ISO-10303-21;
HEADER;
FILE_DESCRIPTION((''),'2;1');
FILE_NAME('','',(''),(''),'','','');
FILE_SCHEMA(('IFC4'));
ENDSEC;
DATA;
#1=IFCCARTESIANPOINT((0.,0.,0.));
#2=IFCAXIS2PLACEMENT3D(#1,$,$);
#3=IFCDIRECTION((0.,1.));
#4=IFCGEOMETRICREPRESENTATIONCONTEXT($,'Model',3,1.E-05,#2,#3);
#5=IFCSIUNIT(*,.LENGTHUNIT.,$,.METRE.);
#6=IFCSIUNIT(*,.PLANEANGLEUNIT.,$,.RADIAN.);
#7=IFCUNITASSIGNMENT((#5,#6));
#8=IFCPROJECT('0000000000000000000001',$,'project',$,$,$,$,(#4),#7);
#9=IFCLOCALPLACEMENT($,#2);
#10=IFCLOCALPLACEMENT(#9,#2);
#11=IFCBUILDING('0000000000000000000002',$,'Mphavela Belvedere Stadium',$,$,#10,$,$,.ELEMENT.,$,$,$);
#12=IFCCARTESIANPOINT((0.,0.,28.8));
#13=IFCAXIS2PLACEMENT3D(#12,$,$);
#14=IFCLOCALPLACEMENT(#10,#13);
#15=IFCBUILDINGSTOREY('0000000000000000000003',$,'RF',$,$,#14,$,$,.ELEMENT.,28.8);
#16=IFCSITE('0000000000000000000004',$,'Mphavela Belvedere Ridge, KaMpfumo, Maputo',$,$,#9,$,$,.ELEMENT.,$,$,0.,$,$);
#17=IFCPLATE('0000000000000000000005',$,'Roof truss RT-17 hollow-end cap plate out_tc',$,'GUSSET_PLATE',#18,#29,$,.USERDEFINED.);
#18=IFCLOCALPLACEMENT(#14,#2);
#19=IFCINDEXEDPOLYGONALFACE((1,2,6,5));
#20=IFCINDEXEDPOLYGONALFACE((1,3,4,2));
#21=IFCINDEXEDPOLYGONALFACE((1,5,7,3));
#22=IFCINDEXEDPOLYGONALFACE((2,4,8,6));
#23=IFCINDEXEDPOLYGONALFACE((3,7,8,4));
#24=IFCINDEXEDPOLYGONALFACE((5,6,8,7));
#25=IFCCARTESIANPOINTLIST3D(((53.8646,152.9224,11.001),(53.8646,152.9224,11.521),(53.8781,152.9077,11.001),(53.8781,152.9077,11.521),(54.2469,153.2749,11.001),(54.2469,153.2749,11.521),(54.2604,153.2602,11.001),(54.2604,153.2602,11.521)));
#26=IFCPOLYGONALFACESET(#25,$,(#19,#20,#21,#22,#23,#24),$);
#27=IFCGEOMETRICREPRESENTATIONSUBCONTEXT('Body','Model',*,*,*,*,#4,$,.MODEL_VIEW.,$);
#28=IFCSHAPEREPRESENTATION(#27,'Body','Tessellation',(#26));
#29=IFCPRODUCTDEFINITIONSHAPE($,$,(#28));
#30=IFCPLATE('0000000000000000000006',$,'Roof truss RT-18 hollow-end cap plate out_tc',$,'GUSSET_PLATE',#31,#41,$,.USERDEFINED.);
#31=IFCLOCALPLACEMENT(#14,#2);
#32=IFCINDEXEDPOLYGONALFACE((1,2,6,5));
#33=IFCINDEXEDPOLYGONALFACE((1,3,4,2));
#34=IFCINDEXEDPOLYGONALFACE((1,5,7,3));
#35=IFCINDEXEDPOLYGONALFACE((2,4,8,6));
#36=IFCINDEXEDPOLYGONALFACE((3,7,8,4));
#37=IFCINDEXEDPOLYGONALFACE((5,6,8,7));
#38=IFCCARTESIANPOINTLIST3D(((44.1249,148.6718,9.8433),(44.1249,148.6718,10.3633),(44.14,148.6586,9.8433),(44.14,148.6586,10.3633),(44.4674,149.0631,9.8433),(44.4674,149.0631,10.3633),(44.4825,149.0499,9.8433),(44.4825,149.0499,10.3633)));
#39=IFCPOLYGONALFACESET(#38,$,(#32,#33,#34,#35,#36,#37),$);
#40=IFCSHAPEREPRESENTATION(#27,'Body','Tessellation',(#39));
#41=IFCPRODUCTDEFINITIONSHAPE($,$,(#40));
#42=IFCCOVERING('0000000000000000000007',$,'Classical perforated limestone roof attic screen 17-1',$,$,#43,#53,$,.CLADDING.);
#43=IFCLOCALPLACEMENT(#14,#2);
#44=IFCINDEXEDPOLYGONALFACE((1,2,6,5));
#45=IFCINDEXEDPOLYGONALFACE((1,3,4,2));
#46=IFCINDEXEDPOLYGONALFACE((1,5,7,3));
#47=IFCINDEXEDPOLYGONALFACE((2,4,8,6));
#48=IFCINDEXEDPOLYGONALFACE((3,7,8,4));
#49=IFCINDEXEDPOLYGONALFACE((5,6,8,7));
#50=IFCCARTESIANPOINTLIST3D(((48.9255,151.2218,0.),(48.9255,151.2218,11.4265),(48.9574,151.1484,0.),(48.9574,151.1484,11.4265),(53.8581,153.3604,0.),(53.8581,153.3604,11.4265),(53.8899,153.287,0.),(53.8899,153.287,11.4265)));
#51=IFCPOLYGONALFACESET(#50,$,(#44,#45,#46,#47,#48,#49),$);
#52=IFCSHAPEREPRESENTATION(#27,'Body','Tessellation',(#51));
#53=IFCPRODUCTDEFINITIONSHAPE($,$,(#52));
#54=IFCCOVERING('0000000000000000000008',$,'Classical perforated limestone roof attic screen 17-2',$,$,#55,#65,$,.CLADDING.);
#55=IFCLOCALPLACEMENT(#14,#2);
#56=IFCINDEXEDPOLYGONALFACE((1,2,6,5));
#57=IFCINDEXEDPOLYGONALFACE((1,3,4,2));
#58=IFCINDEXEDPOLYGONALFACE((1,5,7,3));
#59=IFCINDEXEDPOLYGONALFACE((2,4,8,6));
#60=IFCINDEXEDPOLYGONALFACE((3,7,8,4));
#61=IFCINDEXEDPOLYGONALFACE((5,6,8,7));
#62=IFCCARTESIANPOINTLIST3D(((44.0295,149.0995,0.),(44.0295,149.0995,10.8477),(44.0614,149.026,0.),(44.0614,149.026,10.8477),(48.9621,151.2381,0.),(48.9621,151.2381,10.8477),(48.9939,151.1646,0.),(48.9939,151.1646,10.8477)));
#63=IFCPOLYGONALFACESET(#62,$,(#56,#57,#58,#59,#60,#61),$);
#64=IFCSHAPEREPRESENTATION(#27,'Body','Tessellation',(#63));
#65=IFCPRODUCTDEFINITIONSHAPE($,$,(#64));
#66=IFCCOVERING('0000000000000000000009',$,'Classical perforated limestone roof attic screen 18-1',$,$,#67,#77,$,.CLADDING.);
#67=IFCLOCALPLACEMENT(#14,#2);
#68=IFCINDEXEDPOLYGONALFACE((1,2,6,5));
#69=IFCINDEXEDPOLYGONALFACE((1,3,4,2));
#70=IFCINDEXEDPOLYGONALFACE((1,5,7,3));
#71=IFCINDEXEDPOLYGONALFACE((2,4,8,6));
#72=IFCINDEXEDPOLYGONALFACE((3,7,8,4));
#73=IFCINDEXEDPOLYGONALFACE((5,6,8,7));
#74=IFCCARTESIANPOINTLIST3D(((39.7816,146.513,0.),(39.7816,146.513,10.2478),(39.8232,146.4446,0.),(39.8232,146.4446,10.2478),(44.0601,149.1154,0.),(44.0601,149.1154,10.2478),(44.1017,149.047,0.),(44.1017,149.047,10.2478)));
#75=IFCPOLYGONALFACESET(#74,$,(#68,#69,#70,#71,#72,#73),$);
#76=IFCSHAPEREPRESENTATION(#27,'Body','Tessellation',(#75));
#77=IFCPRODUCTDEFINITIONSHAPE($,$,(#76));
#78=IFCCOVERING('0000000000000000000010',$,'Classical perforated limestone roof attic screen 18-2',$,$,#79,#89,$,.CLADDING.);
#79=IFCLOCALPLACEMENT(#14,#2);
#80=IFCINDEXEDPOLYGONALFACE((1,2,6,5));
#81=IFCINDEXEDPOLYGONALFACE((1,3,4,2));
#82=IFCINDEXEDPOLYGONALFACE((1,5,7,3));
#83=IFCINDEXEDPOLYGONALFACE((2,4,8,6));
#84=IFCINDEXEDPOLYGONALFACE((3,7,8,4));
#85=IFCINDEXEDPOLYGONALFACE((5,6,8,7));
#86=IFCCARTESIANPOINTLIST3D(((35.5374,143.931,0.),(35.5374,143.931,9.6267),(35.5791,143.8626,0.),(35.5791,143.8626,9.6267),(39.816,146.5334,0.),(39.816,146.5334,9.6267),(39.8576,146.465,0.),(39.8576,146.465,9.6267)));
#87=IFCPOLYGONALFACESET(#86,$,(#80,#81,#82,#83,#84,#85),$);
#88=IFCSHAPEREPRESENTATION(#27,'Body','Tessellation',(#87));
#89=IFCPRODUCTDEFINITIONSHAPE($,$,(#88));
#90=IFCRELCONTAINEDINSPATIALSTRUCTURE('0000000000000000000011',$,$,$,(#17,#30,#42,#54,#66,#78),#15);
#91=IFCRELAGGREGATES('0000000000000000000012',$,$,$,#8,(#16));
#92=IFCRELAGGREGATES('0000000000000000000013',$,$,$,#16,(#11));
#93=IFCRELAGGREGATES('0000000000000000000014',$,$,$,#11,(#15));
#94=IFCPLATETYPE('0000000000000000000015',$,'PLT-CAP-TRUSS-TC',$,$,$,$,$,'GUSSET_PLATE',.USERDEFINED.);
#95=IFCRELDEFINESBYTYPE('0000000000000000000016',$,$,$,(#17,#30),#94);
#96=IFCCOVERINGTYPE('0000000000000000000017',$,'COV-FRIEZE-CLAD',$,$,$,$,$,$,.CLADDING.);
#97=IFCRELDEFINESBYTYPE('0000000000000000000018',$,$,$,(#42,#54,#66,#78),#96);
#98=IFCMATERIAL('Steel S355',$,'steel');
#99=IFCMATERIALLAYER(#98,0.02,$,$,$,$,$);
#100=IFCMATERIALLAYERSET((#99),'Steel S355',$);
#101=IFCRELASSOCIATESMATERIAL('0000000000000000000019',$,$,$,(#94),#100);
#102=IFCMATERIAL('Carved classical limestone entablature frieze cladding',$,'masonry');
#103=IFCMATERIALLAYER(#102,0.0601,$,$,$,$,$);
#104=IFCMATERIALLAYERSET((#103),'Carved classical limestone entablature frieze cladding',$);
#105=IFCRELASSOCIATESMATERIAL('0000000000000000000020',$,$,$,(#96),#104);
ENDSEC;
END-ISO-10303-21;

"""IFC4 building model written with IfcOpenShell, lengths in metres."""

from ifc_helpers import new_model, si_unit, direction, frame, origin, origin_2d, place, context, subcontext, project, spatial, rectangle, extrude, material, layer, layer_set, type_object, element, save


model = new_model("IFC4")

# Units and contexts
model_context = context("Model", 3, precision=1e-05, world=origin(), true_north=direction((0.0, 1.0)))
body_context = subcontext(model_context, "Body", "Model", "MODEL_VIEW")
ifc_project = project(units=[si_unit("LENGTHUNIT", "METRE"), si_unit("PLANEANGLEUNIT", "RADIAN")], contexts=[model_context])

# Site, building, storey
site_placement = place(None, origin())
site = spatial("IfcSite", under=ifc_project, at=site_placement, Name="Mphavela Belvedere Ridge, KaMpfumo, Maputo", CompositionType="ELEMENT", RefElevation=0.0)
building_placement = place(site_placement, origin())
building = spatial("IfcBuilding", under=site, at=building_placement, Name="Mphavela Belvedere Stadium", CompositionType="ELEMENT")
storey_placement = place(building_placement, frame((0.0, 0.0, 28.8)))
storey = spatial("IfcBuildingStorey", under=building, at=storey_placement, Name="RF", CompositionType="ELEMENT", Elevation=28.8)

# Plates
ifc_material_1 = material(Name="Steel S355", Category="steel")
ifc_layer_1 = layer(ifc_material_1, 0.02)
ifc_layer_set_1 = layer_set([ifc_layer_1], Name="Steel S355")
plate_type_1 = type_object("IfcPlateType", Name="PLT-CAP-TRUSS-TC", ElementType="GUSSET_PLATE", PredefinedType="USERDEFINED", material=ifc_layer_set_1)
for number, where, z_axis, x_axis, name in (
    (1, (54.0625, 153.0913, 11.001), (0.0, 0.0, 1.0), (-0.677903, 0.735151, 0.0), "Roof truss RT-17 hollow-end cap plate out_tc"),
    (2, (44.3037, 148.8608, 9.8433), (0.0, 0.0, 1.0), (-0.75253, 0.658558, 0.0), "Roof truss RT-18 hollow-end cap plate out_tc"),
):
    element("IfcPlate", number, at=place(storey_placement, frame(where, z_axis=z_axis, x_axis=x_axis)), inside=storey, type_object=plate_type_1, Name=name, ObjectType="GUSSET_PLATE", PredefinedType="USERDEFINED", context=body_context, shape_type="SweptSolid", body=[
        extrude(rectangle(XDim=0.02, YDim=0.52, at=origin_2d()), origin(), (0.0, 0.0, 1.0), 0.52),
    ])

# Coverings
ifc_material_2 = material(Name="Carved classical limestone entablature frieze cladding", Category="masonry")
ifc_layer_2 = layer(ifc_material_2, 0.0601)
ifc_layer_set_2 = layer_set([ifc_layer_2], Name="Carved classical limestone entablature frieze cladding")
covering_type = type_object("IfcCoveringType", Name="COV-FRIEZE-CLAD", PredefinedType="CLADDING", material=ifc_layer_set_2)
covering_1_placement = place(storey_placement, frame((51.4077, 152.2544, 0.0), z_axis=(0.0, 0.0, 1.0), x_axis=(-0.917477, -0.397789, 0.0)))
element("IfcCovering", 3, at=covering_1_placement, inside=storey, type_object=covering_type, Name="Classical perforated limestone roof attic screen 17-1", PredefinedType="CLADDING", context=body_context, shape_type="SweptSolid", body=[
    extrude(rectangle(XDim=5.3762, YDim=0.0801, at=origin_2d()), origin(), (0.0, 0.0, 1.0), 11.4265),
])
covering_2_placement = place(storey_placement, frame((46.5117, 150.1321, 0.0), z_axis=(0.0, 0.0, 1.0), x_axis=(-0.917477, -0.397789, 0.0)))
element("IfcCovering", 4, at=covering_2_placement, inside=storey, type_object=covering_type, Name="Classical perforated limestone roof attic screen 17-2", PredefinedType="CLADDING", context=body_context, shape_type="SweptSolid", body=[
    extrude(rectangle(XDim=5.3762, YDim=0.0801, at=origin_2d()), origin(), (0.0, 0.0, 1.0), 10.8477),
])
covering_3_placement = place(storey_placement, frame((41.9417, 147.78, 0.0), z_axis=(0.0, 0.0, 1.0), x_axis=(-0.854368, -0.519668, 0.0)))
element("IfcCovering", 5, at=covering_3_placement, inside=storey, type_object=covering_type, Name="Classical perforated limestone roof attic screen 18-1", PredefinedType="CLADDING", context=body_context, shape_type="SweptSolid", body=[
    extrude(rectangle(XDim=5.0078, YDim=0.0801, at=origin_2d()), origin(), (0.0, 0.0, 1.0), 10.2478),
])
covering_4_placement = place(storey_placement, frame((37.6975, 145.198, 0.0), z_axis=(0.0, 0.0, 1.0), x_axis=(-0.854368, -0.519668, 0.0)))
element("IfcCovering", 6, at=covering_4_placement, inside=storey, type_object=covering_type, Name="Classical perforated limestone roof attic screen 18-2", PredefinedType="CLADDING", context=body_context, shape_type="SweptSolid", body=[
    extrude(rectangle(XDim=5.0078, YDim=0.0801, at=origin_2d()), origin(), (0.0, 0.0, 1.0), 9.6267),
])

save(model, "model.ifc")
